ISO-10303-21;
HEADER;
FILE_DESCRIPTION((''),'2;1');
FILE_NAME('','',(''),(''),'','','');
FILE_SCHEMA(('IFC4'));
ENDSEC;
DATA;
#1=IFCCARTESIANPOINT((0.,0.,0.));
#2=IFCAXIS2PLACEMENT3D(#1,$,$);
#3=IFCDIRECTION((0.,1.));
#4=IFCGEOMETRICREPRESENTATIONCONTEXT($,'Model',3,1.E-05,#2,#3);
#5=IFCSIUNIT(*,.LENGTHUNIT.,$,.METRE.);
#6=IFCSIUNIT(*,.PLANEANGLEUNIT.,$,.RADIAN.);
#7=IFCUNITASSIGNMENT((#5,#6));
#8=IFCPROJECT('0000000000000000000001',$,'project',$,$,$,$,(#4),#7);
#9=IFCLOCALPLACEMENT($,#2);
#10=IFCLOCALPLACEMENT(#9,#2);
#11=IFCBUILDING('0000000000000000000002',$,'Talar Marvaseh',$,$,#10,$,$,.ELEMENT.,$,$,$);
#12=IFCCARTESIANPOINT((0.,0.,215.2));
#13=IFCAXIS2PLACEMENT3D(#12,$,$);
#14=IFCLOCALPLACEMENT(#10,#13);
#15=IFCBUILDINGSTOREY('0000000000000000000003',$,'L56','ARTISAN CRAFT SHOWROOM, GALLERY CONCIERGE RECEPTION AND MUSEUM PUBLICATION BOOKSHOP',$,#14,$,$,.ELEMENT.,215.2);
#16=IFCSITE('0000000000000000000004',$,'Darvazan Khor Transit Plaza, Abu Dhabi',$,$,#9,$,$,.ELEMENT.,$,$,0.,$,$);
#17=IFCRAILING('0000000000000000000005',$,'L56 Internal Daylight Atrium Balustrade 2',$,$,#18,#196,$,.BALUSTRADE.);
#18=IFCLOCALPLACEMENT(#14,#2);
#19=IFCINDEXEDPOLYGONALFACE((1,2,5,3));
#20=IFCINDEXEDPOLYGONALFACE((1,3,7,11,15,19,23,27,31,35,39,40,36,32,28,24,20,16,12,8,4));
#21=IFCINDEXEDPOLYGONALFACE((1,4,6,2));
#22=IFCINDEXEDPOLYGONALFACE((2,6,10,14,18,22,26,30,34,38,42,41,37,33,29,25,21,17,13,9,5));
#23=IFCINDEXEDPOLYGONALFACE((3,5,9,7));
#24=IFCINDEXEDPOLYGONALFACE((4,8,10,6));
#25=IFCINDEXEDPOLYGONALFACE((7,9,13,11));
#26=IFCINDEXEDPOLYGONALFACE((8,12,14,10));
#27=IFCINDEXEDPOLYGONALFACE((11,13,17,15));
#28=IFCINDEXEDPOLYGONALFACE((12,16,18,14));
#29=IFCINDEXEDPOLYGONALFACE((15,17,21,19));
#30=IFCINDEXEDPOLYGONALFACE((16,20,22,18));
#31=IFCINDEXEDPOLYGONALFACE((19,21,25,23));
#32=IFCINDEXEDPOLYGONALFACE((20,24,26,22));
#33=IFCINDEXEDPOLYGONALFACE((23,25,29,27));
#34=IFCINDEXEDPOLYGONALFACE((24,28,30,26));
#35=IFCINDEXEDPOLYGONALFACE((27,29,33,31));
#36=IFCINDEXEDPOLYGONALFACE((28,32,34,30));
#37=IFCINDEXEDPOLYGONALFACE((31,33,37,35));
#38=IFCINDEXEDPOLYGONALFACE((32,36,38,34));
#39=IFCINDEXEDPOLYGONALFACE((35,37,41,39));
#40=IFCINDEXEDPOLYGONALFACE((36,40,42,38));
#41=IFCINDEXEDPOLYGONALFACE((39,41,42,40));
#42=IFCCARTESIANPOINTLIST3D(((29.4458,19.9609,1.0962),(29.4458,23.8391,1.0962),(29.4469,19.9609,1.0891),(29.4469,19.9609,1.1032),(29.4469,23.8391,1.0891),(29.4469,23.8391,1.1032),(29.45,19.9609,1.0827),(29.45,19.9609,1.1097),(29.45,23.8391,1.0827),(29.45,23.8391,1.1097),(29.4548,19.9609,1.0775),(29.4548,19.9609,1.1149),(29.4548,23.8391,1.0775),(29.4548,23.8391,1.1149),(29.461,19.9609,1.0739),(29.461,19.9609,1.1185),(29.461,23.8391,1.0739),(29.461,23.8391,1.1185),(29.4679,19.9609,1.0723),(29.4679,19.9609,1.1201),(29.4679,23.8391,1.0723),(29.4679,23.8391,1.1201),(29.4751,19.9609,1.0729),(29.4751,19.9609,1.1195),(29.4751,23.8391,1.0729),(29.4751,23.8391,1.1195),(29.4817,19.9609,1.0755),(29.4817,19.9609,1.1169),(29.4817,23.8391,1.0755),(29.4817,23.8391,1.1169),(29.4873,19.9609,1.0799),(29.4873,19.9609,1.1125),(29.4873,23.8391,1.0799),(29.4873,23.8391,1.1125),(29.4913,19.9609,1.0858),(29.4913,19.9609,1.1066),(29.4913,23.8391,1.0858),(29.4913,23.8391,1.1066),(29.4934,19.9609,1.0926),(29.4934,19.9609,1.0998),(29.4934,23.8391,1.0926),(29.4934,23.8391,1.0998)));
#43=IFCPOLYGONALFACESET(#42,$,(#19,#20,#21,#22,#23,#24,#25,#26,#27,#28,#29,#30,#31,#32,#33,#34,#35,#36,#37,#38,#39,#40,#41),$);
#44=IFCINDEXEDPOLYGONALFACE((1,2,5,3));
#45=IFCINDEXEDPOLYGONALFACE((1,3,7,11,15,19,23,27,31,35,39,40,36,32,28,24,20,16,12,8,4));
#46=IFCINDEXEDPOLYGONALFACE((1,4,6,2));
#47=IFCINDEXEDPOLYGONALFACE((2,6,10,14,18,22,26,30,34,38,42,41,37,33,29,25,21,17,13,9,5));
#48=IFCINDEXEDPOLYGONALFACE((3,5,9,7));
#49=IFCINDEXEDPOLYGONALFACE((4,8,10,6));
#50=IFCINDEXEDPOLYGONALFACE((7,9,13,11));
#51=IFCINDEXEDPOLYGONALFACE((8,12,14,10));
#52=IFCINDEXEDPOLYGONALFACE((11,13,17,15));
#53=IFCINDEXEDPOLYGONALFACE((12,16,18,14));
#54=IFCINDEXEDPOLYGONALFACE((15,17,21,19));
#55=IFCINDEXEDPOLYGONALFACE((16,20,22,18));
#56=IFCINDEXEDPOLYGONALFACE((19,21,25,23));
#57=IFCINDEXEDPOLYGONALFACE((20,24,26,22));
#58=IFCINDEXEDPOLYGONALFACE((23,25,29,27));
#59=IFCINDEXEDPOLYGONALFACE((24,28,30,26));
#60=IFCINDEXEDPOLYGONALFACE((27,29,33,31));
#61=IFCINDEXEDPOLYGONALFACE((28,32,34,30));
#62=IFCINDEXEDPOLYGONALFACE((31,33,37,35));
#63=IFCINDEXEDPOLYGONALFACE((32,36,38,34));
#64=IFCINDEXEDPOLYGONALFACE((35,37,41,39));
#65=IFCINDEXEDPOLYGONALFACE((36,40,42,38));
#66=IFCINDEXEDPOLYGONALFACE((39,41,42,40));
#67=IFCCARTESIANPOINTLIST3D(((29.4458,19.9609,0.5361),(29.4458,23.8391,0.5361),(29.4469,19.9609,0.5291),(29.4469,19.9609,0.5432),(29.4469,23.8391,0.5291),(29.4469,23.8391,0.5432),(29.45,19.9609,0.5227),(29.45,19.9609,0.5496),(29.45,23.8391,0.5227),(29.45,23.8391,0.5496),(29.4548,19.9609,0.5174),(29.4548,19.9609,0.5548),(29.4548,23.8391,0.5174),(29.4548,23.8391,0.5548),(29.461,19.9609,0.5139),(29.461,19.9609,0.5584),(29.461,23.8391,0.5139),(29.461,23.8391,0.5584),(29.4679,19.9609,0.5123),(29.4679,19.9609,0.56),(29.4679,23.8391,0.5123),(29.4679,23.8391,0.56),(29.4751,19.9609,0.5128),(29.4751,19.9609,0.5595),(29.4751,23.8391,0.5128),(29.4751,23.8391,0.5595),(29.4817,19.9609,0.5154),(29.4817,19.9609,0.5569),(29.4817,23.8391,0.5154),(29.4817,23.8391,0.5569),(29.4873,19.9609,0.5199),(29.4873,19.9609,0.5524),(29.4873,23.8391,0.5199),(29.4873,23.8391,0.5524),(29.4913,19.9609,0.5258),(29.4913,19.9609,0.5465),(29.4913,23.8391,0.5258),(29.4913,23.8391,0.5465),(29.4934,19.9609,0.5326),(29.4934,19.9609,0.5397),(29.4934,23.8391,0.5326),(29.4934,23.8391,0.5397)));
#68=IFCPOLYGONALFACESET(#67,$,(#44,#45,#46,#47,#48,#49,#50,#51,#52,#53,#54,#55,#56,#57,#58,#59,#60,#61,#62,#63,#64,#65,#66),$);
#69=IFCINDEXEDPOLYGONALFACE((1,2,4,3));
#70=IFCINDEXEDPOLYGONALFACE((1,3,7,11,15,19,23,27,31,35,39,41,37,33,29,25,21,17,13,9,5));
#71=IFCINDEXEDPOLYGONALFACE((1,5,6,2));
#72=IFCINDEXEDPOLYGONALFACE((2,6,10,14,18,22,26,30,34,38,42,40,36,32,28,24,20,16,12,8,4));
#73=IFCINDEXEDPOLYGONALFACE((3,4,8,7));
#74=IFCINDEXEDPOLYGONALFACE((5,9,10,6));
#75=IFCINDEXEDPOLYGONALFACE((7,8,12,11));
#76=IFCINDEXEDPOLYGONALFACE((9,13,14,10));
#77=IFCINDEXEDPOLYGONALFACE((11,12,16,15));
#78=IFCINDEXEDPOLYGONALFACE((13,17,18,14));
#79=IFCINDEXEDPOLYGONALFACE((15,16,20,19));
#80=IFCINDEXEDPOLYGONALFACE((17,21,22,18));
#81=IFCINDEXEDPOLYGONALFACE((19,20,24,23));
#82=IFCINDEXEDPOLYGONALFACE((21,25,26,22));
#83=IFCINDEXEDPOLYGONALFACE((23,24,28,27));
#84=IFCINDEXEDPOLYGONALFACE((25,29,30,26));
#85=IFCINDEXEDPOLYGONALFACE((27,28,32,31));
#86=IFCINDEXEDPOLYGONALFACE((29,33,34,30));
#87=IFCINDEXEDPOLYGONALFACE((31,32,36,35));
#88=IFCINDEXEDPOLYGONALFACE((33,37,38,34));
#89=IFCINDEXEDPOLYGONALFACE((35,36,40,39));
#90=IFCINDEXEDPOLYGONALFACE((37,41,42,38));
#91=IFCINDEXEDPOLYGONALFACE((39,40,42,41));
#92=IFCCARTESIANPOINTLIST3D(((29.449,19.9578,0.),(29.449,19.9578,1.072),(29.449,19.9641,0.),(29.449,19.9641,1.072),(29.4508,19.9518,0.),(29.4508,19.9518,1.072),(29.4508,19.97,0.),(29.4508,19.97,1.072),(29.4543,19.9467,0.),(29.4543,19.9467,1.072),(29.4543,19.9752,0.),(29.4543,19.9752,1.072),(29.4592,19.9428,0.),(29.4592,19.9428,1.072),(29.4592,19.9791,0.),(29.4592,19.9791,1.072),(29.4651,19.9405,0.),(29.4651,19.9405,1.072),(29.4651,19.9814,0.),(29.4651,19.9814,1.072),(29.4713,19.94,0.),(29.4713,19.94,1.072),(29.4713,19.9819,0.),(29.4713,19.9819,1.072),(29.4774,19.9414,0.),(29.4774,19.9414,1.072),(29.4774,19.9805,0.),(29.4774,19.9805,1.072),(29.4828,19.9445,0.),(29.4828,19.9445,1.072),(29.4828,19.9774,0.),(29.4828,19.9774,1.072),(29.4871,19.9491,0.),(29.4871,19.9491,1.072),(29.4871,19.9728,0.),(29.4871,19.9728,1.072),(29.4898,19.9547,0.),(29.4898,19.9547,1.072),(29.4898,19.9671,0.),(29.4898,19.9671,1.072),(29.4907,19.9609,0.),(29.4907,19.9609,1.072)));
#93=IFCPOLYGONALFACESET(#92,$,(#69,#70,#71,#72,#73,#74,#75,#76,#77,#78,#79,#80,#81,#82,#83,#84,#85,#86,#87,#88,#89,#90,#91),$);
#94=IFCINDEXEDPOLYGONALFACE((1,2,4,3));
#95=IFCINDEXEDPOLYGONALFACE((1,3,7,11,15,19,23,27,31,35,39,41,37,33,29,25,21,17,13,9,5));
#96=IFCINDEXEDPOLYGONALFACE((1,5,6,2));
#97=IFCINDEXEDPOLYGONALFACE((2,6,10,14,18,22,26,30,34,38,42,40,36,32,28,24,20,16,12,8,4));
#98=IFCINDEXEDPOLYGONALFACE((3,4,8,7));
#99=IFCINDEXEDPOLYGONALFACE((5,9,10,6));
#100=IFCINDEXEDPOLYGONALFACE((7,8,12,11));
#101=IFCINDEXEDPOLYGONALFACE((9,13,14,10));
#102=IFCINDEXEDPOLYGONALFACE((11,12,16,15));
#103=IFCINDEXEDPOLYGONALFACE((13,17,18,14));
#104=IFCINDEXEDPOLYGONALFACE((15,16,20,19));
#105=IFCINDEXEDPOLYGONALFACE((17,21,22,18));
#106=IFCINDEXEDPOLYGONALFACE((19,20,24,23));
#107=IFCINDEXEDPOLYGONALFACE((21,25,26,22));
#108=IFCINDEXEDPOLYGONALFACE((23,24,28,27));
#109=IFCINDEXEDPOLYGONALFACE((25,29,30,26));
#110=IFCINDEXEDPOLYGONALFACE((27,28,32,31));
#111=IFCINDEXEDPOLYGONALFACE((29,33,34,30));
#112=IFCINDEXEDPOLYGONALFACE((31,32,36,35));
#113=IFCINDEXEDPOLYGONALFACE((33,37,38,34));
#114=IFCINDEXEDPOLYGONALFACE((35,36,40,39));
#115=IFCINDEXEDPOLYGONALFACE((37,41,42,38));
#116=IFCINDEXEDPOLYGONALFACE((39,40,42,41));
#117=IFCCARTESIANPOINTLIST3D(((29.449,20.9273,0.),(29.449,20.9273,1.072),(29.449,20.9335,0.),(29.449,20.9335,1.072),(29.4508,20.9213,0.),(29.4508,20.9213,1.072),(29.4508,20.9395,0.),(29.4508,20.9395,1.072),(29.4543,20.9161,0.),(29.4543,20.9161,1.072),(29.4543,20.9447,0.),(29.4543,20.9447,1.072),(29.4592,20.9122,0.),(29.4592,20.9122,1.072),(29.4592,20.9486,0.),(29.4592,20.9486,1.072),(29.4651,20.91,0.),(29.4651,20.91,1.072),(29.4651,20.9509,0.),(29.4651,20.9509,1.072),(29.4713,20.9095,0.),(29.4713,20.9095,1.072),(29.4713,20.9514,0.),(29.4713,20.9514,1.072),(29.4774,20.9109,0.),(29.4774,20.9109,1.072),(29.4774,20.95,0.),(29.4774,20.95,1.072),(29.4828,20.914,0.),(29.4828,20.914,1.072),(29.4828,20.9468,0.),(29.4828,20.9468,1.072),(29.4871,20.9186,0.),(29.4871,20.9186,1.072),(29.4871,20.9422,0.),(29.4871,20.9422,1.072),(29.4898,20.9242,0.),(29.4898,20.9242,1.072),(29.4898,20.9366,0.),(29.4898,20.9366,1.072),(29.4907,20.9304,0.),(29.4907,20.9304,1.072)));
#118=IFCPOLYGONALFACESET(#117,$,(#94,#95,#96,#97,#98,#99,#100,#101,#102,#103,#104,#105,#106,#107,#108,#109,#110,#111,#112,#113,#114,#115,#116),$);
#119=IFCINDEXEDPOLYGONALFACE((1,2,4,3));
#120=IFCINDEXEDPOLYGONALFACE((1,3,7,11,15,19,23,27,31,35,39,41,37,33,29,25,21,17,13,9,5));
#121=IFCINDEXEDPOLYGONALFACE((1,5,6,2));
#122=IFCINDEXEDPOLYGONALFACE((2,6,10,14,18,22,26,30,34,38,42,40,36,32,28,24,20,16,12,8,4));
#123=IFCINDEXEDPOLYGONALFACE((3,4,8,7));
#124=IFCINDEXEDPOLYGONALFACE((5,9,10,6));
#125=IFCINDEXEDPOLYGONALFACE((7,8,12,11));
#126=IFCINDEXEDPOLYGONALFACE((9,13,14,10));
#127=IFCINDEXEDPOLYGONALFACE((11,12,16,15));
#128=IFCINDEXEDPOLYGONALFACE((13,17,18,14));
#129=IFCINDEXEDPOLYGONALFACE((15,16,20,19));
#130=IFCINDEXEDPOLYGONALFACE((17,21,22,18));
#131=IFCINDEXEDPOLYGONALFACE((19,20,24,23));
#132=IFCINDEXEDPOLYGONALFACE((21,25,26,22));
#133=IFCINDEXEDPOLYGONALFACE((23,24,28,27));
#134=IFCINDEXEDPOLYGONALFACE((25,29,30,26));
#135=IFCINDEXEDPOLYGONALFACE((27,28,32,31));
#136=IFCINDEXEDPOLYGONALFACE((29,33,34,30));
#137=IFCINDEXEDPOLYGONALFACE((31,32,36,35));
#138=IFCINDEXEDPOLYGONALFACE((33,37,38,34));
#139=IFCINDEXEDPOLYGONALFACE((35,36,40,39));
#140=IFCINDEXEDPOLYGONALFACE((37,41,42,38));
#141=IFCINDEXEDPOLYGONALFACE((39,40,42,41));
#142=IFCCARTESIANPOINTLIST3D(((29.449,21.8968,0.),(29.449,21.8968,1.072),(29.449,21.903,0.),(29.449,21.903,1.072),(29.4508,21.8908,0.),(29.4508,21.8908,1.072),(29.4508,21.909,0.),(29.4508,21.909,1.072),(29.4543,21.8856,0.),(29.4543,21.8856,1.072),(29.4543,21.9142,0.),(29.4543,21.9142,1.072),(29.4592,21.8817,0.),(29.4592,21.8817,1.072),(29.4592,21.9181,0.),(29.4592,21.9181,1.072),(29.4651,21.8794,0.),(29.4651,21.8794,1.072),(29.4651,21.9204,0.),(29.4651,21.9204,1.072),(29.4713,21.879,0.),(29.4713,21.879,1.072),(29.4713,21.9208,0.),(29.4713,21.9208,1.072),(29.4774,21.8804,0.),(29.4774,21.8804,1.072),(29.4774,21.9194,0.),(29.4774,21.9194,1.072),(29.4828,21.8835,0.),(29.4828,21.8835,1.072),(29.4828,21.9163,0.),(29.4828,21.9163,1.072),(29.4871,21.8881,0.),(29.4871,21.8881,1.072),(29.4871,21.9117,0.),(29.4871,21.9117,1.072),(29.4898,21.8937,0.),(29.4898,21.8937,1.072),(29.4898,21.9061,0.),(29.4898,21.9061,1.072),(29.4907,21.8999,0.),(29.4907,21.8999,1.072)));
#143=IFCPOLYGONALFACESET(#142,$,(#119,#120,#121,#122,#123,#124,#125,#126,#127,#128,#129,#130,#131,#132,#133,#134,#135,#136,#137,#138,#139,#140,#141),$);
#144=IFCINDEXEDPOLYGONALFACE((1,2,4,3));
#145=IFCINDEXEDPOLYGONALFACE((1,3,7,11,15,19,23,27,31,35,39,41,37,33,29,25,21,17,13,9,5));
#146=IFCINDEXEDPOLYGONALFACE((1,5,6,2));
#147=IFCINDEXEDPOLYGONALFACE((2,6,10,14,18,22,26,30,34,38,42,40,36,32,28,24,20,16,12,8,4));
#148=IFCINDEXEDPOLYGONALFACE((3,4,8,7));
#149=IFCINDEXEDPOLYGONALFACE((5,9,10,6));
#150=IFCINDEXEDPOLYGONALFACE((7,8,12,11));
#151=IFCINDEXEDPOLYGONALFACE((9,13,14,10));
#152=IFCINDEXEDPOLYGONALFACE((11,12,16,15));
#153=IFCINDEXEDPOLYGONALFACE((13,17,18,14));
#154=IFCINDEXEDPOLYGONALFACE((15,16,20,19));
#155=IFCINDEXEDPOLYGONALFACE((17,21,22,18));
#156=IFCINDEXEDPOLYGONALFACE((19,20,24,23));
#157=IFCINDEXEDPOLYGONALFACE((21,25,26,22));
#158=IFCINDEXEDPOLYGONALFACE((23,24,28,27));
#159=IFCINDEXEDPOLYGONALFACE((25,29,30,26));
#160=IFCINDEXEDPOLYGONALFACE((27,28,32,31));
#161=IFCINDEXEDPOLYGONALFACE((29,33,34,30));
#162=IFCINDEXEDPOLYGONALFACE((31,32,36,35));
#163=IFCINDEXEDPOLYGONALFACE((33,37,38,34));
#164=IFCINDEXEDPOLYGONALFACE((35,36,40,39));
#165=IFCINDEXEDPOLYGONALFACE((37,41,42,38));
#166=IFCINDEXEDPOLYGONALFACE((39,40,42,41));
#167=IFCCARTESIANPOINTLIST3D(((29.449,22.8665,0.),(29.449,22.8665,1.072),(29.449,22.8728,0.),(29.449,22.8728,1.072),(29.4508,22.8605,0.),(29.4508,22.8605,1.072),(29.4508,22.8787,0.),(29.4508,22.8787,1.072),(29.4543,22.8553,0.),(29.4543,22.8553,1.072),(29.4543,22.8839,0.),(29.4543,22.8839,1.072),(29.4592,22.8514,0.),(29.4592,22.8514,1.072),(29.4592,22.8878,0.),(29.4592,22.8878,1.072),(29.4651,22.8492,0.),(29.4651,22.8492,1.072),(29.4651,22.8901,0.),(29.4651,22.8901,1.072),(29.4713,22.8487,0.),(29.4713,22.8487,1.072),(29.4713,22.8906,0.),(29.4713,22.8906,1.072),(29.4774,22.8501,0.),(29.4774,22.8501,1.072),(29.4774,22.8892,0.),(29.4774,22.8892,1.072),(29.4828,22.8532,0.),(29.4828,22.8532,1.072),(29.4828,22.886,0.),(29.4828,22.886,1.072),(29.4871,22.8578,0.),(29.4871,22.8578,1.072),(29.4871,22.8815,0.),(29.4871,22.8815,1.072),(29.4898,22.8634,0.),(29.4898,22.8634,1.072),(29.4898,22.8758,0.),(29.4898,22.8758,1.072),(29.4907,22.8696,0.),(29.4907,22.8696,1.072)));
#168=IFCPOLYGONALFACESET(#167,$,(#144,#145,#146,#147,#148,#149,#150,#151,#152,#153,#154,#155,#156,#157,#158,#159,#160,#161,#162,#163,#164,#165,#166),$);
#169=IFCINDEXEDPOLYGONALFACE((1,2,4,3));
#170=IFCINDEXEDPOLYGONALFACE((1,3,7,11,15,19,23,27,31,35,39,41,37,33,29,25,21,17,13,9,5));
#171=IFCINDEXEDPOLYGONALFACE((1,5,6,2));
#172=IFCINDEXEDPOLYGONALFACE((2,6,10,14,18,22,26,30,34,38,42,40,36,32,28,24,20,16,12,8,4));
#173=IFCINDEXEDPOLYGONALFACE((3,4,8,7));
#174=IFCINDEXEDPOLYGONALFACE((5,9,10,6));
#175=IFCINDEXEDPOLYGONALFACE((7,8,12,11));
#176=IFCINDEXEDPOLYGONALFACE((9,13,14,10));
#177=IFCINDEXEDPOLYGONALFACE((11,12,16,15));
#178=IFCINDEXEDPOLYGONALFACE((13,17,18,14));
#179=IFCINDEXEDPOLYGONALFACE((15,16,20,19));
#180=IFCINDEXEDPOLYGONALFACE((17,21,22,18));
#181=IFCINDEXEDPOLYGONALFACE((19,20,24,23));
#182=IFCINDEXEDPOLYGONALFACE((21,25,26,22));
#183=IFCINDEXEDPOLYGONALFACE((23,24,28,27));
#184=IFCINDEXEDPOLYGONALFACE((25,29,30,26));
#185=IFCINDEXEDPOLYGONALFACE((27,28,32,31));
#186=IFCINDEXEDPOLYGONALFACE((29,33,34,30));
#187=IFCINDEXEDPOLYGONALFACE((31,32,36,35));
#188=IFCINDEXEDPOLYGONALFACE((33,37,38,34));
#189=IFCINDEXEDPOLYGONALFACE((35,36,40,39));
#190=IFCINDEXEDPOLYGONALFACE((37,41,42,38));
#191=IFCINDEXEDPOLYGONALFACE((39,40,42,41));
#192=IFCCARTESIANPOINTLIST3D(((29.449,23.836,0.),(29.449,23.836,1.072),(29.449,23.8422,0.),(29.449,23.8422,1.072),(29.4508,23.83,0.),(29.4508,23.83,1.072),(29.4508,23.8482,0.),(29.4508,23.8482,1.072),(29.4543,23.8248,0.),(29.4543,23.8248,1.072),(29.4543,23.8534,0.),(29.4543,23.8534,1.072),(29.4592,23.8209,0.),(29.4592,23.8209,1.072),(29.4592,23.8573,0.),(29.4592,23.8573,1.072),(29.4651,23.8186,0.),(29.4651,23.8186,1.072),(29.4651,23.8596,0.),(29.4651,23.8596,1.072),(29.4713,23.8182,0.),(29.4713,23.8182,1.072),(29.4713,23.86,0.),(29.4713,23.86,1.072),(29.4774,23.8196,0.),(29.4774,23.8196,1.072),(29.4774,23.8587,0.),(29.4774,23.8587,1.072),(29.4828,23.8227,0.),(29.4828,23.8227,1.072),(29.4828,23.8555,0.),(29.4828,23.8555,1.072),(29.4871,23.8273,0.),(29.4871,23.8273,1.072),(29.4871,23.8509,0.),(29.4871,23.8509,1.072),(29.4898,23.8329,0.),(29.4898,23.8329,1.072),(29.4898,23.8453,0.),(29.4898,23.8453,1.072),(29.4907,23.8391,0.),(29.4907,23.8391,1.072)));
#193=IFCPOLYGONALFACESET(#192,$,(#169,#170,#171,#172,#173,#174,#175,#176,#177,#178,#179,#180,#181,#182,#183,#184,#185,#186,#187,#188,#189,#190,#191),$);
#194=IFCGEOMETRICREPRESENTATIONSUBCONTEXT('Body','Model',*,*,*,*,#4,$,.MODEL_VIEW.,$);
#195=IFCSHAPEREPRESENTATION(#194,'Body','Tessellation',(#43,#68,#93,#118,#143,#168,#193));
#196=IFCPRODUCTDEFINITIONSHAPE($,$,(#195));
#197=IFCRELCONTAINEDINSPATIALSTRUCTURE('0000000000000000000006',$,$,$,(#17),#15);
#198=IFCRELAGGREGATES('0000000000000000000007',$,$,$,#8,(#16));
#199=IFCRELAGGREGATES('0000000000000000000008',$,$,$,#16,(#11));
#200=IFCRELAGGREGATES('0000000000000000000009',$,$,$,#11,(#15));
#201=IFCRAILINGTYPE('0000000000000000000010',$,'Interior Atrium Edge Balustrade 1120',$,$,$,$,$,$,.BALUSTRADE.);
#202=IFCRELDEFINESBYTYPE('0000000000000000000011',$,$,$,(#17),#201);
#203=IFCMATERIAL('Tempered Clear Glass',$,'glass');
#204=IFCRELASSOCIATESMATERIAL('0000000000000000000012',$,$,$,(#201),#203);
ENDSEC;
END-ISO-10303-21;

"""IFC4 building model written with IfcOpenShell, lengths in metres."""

from ifc_helpers import new_model, si_unit, direction, frame, origin, origin_2d, place, context, subcontext, project, spatial, circle, extrude, material, type_object, element, save


model = new_model("IFC4")

# Units and contexts
model_context = context("Model", 3, precision=1e-05, world=origin(), true_north=direction((0.0, 1.0)))
body_context = subcontext(model_context, "Body", "Model", "MODEL_VIEW")
ifc_project = project(units=[si_unit("LENGTHUNIT", "METRE"), si_unit("PLANEANGLEUNIT", "RADIAN")], contexts=[model_context])

# Site, building, storey
site_placement = place(None, origin())
site = spatial("IfcSite", under=ifc_project, at=site_placement, Name="Darvazan Khor Transit Plaza, Abu Dhabi", CompositionType="ELEMENT", RefElevation=0.0)
building_placement = place(site_placement, origin())
building = spatial("IfcBuilding", under=site, at=building_placement, Name="Talar Marvaseh", CompositionType="ELEMENT")
storey_placement = place(building_placement, frame((0.0, 0.0, 215.2)))
storey = spatial("IfcBuildingStorey", under=building, at=storey_placement, Name="L56", Description="ARTISAN CRAFT SHOWROOM, GALLERY CONCIERGE RECEPTION AND MUSEUM PUBLICATION BOOKSHOP", CompositionType="ELEMENT", Elevation=215.2)

# Railing
ifc_material_1 = material(Name="Tempered Clear Glass", Category="glass")
railing_type = type_object("IfcRailingType", Name="Interior Atrium Edge Balustrade 1120", PredefinedType="BALUSTRADE", material=ifc_material_1)
railing_1_placement = place(storey_placement, frame((29.4697, 19.9609, 0.0)))
element("IfcRailing", 1, at=railing_1_placement, inside=storey, type_object=railing_type, Name="L56 Internal Daylight Atrium Balustrade 2", PredefinedType="BALUSTRADE", context=body_context, shape_type="SweptSolid", body=[
    extrude(circle(Radius=0.0239, at=origin_2d()), frame((0.0, 0.0, 1.0962), z_axis=(0.0, 1.0, 0.0), x_axis=(-1.0, 0.0, 0.0)), (0.0, 0.0, 1.0), 3.8782),
    extrude(circle(Radius=0.0239, at=origin_2d()), frame((0.0, 0.0, 0.5361), z_axis=(0.0, 1.0, 0.0), x_axis=(-1.0, 0.0, 0.0)), (0.0, 0.0, 1.0), 3.8782),
    extrude(circle(Radius=0.021, at=origin_2d()), origin(), (0.0, 0.0, 1.0), 1.072),
    extrude(circle(Radius=0.021, at=origin_2d()), frame((0.0, 0.9695, 0.0)), (0.0, 0.0, 1.0), 1.072),
    extrude(circle(Radius=0.021, at=origin_2d()), frame((0.0, 1.939, 0.0)), (0.0, 0.0, 1.0), 1.072),
    extrude(circle(Radius=0.021, at=origin_2d()), frame((0.0, 2.9087, 0.0)), (0.0, 0.0, 1.0), 1.072),
    extrude(circle(Radius=0.021, at=origin_2d()), frame((0.0, 3.8782, 0.0)), (0.0, 0.0, 1.0), 1.072),
])

save(model, "model.ifc")
